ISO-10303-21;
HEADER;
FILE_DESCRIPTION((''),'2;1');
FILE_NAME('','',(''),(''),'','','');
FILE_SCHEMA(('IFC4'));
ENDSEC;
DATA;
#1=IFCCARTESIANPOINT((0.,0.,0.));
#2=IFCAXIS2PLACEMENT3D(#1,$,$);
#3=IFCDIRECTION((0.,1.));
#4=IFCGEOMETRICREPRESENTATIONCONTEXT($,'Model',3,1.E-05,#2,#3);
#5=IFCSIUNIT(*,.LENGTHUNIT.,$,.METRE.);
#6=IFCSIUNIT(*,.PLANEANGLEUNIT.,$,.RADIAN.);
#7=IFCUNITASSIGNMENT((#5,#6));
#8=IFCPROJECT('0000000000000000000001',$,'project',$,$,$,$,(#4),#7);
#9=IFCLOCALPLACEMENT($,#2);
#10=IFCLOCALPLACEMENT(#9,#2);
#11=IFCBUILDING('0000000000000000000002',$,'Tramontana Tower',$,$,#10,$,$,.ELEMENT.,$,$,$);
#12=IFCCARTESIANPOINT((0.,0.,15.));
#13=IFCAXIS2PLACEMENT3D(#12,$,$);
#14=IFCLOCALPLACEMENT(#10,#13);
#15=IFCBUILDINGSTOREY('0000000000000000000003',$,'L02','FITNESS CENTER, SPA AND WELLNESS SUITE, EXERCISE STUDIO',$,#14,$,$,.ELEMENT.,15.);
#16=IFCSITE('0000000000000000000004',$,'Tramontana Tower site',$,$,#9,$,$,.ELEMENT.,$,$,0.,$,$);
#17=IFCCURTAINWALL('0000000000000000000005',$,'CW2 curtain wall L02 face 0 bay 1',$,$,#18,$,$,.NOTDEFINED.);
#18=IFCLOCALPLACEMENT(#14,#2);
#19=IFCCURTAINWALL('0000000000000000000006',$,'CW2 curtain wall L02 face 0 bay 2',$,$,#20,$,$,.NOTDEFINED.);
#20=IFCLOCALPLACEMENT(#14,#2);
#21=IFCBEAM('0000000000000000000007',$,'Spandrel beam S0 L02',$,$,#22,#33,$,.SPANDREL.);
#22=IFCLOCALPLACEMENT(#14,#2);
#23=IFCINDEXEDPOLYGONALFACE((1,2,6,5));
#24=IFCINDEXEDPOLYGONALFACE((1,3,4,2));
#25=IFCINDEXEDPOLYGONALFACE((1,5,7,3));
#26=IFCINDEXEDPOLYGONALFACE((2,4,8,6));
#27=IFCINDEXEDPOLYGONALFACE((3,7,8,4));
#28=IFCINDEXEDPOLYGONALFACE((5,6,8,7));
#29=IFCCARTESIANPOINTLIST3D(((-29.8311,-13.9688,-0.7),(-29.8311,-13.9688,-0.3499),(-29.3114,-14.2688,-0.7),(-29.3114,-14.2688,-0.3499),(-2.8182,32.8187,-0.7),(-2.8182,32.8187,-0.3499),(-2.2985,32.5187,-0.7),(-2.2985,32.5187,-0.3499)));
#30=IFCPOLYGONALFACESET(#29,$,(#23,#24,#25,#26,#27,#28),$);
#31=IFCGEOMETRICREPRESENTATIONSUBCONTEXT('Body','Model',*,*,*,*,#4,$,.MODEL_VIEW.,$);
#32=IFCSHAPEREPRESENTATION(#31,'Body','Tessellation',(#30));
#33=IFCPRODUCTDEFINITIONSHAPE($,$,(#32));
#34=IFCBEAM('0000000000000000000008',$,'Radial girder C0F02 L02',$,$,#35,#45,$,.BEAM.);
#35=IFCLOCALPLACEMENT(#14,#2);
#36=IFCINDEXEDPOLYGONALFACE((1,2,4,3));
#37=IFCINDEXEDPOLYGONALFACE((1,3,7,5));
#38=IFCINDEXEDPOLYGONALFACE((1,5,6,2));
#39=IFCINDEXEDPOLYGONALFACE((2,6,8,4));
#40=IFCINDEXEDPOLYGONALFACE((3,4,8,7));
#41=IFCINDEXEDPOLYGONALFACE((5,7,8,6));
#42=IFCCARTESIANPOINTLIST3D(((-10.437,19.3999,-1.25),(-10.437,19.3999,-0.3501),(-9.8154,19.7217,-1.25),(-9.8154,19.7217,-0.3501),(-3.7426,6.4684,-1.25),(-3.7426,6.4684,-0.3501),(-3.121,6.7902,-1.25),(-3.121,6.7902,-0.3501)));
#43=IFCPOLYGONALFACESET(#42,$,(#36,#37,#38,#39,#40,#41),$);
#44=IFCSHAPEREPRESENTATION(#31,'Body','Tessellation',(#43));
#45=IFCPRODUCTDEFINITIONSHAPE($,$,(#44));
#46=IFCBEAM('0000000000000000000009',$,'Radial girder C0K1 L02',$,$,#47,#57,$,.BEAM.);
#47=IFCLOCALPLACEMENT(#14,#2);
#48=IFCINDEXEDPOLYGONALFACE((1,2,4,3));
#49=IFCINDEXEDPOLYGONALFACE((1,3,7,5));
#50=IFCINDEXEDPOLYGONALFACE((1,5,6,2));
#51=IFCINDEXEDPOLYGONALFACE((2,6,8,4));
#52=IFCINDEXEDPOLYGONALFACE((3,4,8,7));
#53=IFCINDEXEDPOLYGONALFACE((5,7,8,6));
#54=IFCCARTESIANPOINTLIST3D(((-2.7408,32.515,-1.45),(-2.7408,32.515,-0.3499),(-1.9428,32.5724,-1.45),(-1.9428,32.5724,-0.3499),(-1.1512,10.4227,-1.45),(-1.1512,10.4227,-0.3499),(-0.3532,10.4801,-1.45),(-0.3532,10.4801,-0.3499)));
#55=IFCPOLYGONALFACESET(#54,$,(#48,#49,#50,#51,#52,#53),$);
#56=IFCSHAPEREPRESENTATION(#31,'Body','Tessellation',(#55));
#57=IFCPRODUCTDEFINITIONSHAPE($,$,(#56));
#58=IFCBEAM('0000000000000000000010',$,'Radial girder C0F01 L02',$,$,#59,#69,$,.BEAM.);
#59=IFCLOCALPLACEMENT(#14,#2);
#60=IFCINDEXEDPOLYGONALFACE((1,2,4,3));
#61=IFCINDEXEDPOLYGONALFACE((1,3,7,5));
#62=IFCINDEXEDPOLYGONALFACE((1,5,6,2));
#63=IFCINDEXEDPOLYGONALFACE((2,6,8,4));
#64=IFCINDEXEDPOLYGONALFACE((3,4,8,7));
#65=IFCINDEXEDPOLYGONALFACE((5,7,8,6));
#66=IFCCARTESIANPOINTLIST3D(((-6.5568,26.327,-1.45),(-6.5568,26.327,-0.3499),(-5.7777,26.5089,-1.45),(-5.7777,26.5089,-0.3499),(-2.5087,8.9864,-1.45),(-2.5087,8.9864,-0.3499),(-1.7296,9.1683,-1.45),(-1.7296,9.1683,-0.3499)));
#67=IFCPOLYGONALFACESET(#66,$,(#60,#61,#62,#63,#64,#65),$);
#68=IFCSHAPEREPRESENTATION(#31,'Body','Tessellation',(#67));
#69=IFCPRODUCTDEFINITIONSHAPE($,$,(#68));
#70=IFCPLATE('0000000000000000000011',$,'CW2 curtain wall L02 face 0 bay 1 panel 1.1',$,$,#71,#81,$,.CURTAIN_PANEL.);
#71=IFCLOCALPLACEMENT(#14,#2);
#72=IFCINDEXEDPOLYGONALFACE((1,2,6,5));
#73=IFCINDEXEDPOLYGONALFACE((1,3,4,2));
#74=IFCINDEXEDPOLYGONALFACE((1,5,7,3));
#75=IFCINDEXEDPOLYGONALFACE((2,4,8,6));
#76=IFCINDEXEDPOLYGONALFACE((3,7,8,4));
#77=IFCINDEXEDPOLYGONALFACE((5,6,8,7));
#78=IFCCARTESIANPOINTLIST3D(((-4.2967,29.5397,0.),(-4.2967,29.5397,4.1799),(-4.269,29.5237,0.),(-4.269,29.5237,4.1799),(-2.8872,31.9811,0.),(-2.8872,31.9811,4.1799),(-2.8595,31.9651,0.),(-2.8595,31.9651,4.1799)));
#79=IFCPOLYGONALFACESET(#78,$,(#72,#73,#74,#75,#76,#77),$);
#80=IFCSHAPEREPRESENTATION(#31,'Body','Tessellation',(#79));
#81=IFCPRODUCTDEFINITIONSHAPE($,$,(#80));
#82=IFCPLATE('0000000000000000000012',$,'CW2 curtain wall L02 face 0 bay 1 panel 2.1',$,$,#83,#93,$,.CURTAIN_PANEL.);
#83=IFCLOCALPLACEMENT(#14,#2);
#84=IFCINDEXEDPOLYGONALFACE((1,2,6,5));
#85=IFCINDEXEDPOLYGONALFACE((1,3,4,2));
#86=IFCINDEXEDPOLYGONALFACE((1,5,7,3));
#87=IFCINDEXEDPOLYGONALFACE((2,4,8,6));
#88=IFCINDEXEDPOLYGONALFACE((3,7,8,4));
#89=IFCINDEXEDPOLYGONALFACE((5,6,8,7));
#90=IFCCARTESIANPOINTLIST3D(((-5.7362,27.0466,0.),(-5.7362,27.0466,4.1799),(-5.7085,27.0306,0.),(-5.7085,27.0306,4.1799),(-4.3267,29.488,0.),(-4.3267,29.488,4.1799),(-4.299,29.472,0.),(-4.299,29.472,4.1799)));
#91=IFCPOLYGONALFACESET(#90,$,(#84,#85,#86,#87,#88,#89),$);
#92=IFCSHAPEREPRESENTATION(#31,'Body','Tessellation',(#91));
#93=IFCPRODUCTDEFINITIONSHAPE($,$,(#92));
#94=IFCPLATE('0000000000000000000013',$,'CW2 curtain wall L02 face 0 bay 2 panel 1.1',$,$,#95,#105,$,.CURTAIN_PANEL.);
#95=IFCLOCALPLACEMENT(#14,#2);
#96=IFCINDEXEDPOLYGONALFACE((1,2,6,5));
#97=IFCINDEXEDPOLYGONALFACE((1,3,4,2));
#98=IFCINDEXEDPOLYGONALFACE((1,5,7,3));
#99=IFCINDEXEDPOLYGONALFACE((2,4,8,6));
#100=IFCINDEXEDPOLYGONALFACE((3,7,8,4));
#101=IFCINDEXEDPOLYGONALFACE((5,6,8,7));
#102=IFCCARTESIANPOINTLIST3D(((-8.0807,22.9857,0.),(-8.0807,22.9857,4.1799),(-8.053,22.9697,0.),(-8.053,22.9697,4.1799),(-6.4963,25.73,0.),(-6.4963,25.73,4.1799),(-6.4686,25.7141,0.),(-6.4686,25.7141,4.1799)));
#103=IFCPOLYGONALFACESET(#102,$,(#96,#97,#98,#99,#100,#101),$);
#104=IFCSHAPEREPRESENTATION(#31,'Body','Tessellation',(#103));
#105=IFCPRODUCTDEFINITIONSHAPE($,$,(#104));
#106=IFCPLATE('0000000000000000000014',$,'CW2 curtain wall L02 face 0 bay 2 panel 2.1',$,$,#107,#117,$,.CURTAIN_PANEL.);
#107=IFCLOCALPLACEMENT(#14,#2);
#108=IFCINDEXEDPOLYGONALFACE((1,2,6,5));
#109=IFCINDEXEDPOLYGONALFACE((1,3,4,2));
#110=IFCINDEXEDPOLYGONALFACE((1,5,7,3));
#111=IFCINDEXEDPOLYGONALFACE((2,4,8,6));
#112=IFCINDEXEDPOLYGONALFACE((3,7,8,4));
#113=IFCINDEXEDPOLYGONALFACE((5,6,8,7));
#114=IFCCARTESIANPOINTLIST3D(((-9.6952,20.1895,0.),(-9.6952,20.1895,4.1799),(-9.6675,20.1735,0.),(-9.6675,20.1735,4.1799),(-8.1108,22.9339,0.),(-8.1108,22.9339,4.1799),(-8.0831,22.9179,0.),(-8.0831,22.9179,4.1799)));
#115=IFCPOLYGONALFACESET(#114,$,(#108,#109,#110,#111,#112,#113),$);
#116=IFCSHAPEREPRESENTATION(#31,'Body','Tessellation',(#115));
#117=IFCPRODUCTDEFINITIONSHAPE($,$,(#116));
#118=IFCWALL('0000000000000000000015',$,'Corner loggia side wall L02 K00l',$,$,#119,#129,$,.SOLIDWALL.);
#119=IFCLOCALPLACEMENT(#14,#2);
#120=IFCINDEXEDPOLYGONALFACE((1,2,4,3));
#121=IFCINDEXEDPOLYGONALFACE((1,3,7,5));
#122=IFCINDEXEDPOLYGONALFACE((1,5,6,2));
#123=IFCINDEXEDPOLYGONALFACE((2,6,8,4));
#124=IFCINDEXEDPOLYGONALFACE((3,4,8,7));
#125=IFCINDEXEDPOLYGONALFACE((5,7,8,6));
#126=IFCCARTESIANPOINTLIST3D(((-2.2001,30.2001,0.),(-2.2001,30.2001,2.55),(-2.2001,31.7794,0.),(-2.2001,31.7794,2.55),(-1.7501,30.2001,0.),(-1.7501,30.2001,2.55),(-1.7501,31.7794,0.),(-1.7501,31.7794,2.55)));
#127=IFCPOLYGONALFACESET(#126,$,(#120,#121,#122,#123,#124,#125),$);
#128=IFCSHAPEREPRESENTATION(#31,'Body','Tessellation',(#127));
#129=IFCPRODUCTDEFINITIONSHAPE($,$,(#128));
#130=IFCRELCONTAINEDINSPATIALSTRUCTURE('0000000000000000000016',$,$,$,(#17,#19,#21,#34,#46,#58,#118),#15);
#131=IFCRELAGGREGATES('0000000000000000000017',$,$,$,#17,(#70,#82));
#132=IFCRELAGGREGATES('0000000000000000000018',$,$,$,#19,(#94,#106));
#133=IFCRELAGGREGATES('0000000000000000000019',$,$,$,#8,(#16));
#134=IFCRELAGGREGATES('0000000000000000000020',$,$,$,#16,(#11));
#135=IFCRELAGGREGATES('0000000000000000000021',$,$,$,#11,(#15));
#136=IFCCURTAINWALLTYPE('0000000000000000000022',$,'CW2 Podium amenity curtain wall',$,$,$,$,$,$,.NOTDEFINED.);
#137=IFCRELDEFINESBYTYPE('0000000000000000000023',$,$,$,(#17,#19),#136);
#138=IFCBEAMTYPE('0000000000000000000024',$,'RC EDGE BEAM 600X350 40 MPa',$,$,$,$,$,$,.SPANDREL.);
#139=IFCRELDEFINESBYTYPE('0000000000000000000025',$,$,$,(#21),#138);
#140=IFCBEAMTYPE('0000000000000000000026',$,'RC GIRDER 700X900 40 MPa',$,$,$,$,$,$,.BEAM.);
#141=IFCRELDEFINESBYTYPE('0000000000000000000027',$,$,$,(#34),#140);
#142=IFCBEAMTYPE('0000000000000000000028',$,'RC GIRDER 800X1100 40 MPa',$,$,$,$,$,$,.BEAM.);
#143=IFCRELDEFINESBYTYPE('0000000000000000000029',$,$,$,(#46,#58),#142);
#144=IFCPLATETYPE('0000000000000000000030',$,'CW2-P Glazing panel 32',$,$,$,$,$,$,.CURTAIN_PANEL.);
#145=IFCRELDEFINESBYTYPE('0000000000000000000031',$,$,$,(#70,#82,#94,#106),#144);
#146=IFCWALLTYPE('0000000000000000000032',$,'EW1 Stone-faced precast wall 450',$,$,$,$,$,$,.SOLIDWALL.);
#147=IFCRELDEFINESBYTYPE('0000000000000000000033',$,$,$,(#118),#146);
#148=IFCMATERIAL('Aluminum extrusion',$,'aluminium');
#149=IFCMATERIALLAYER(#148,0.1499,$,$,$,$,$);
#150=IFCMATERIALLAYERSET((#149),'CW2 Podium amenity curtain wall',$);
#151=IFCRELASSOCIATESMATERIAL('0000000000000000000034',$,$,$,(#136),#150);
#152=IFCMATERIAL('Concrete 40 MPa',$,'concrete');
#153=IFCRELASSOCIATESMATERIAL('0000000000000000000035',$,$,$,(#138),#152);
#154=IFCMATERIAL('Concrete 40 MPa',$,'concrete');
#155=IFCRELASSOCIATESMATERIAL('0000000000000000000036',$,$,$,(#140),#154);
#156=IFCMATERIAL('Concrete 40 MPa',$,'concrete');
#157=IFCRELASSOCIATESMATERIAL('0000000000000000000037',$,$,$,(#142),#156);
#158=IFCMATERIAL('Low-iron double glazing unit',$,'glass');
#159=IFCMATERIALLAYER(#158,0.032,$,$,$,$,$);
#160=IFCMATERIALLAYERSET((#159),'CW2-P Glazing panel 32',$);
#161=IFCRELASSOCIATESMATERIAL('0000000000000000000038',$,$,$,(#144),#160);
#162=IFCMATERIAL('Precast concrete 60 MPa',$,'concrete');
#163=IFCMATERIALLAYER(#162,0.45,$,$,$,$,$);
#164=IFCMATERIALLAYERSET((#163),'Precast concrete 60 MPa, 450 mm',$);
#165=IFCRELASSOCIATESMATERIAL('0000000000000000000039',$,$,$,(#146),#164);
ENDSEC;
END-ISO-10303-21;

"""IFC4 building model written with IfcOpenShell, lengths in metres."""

from ifc_helpers import new_model, si_unit, direction, frame, frame_2d, origin, origin_2d, place, context, subcontext, project, spatial, rectangle, extrude, material, layer, layer_set, material_profile, profile_set, type_object, element, aggregate, save


model = new_model("IFC4")

# Units and contexts
model_context = context("Model", 3, precision=1e-05, world=origin(), true_north=direction((0.0, 1.0)))
body_context = subcontext(model_context, "Body", "Model", "MODEL_VIEW")
ifc_project = project(units=[si_unit("LENGTHUNIT", "METRE"), si_unit("PLANEANGLEUNIT", "RADIAN")], contexts=[model_context])

# Site, building, storey
site_placement = place(None, origin())
site = spatial("IfcSite", under=ifc_project, at=site_placement, Name="Tramontana Tower site", CompositionType="ELEMENT", RefElevation=0.0)
building_placement = place(site_placement, origin())
building = spatial("IfcBuilding", under=site, at=building_placement, Name="Tramontana Tower", CompositionType="ELEMENT")
storey_placement = place(building_placement, frame((0.0, 0.0, 15.0)))
storey = spatial("IfcBuildingStorey", under=building, at=storey_placement, Name="L02", Description="FITNESS CENTER, SPA AND WELLNESS SUITE, EXERCISE STUDIO", CompositionType="ELEMENT", Elevation=15.0)

# Curtain walls
ifc_material_1 = material(Name="Aluminum extrusion", Category="aluminium")
ifc_layer_1 = layer(ifc_material_1, 0.1499)
ifc_layer_set_1 = layer_set([ifc_layer_1], Name="CW2 Podium amenity curtain wall")
curtain_wall_type = type_object("IfcCurtainWallType", Name="CW2 Podium amenity curtain wall", PredefinedType="NOTDEFINED", material=ifc_layer_set_1)
curtain_wall_1_placement = place(storey_placement, origin())
curtain_wall_1 = element("IfcCurtainWall", 1, at=curtain_wall_1_placement, inside=storey, type_object=curtain_wall_type, Name="CW2 curtain wall L02 face 0 bay 1", PredefinedType="NOTDEFINED")
curtain_wall_2_placement = place(storey_placement, origin())
curtain_wall_2 = element("IfcCurtainWall", 2, at=curtain_wall_2_placement, inside=storey, type_object=curtain_wall_type, Name="CW2 curtain wall L02 face 0 bay 2", PredefinedType="NOTDEFINED")

# Beams
ifc_material_2 = material(Name="Concrete 40 MPa", Category="concrete")
ifc_material_profile_1 = material_profile(ifc_material_2, rectangle(XDim=0.6001, YDim=0.3501, at=origin_2d()), Name="RC EDGE BEAM 600X350 40 MPa")
ifc_profile_set_1 = profile_set([ifc_material_profile_1], Name="Concrete 40 MPa")
beam_type_1 = type_object("IfcBeamType", Name="RC EDGE BEAM 600X350 40 MPa", PredefinedType="SPANDREL", material=ifc_profile_set_1)
beam_1_placement = place(storey_placement, frame((-2.5583, 32.6687, -0.5249), z_axis=(-0.500001, -0.866025, 0.0), x_axis=(0.866025, -0.500001, 0.0)))
element("IfcBeam", 3, at=beam_1_placement, inside=storey, type_object=beam_type_1, Name="Spandrel beam S0 L02", PredefinedType="SPANDREL", context=body_context, shape_type="SweptSolid", body=[
    extrude(rectangle(XDim=0.6001, YDim=0.3501, at=origin_2d()), origin(), (0.0, 0.0, 1.0), 54.0256),
])
ifc_material_3 = material(Name="Concrete 40 MPa", Category="concrete")
ifc_material_profile_2 = material_profile(ifc_material_3, rectangle(XDim=0.7, YDim=0.8999, at=origin_2d()), Name="RC GIRDER 700X900 40 MPa")
ifc_profile_set_2 = profile_set([ifc_material_profile_2], Name="Concrete 40 MPa")
beam_type_2 = type_object("IfcBeamType", Name="RC GIRDER 700X900 40 MPa", PredefinedType="BEAM", material=ifc_profile_set_2)
beam_2_placement = place(storey_placement, frame((-10.1262, 19.5608, -0.8), z_axis=(0.459731, -0.888058, 0.0), x_axis=(0.888058, 0.459731, 0.0)))
element("IfcBeam", 4, at=beam_2_placement, inside=storey, type_object=beam_type_2, Name="Radial girder C0F02 L02", PredefinedType="BEAM", context=body_context, shape_type="SweptSolid", body=[
    extrude(rectangle(XDim=0.7, YDim=0.8999, at=origin_2d()), origin(), (0.0, 0.0, 1.0), 14.5615),
])
ifc_material_4 = material(Name="Concrete 40 MPa", Category="concrete")
ifc_material_profile_3 = material_profile(ifc_material_4, rectangle(XDim=0.8, YDim=1.1001, at=origin_2d()), Name="RC GIRDER 800X1100 40 MPa")
ifc_profile_set_3 = profile_set([ifc_material_profile_3], Name="Concrete 40 MPa")
beam_type_3 = type_object("IfcBeamType", Name="RC GIRDER 800X1100 40 MPa", PredefinedType="BEAM", material=ifc_profile_set_3)
beam_3_placement = place(storey_placement, frame((-2.3418, 32.5437, -0.8999), z_axis=(0.071767, -0.997421, 0.0), x_axis=(0.997421, 0.071767, 0.0)))
element("IfcBeam", 5, at=beam_3_placement, inside=storey, type_object=beam_type_3, Name="Radial girder C0K1 L02", PredefinedType="BEAM", context=body_context, shape_type="SweptSolid", body=[
    extrude(rectangle(XDim=0.8, YDim=1.1001, at=origin_2d()), origin(), (0.0, 0.0, 1.0), 22.1494),
])
beam_4_placement = place(storey_placement, frame((-6.1672, 26.418, -0.8999), z_axis=(0.227334, -0.973817, 0.0), x_axis=(0.973817, 0.227334, 0.0)))
element("IfcBeam", 6, at=beam_4_placement, inside=storey, type_object=beam_type_3, Name="Radial girder C0F01 L02", PredefinedType="BEAM", context=body_context, shape_type="SweptSolid", body=[
    extrude(rectangle(XDim=0.8, YDim=1.1001, at=origin_2d()), origin(), (0.0, 0.0, 1.0), 17.8069),
])

# Plates
ifc_material_5 = material(Name="Low-iron double glazing unit", Category="glass")
ifc_layer_2 = layer(ifc_material_5, 0.032)
ifc_layer_set_2 = layer_set([ifc_layer_2], Name="CW2-P Glazing panel 32")
plate_type = type_object("IfcPlateType", Name="CW2-P Glazing panel 32", PredefinedType="CURTAIN_PANEL", material=ifc_layer_set_2)
plate_1_placement = place(storey_placement, frame((-3.5781, 30.7524, 0.0), z_axis=(0.0, 0.0, 1.0), x_axis=(-0.5, -0.866025, 0.0)))
plate_1 = element("IfcPlate", 7, at=plate_1_placement, type_object=plate_type, Name="CW2 curtain wall L02 face 0 bay 1 panel 1.1", PredefinedType="CURTAIN_PANEL", context=body_context, shape_type="SweptSolid", body=[
    extrude(rectangle(XDim=2.8191, YDim=0.032, at=origin_2d()), origin(), (0.0, 0.0, 1.0), 4.1799),
])
plate_2_placement = place(storey_placement, frame((-5.0176, 28.2593, 0.0), z_axis=(0.0, 0.0, 1.0), x_axis=(-0.5, -0.866025, 0.0)))
plate_2 = element("IfcPlate", 8, at=plate_2_placement, type_object=plate_type, Name="CW2 curtain wall L02 face 0 bay 1 panel 2.1", PredefinedType="CURTAIN_PANEL", context=body_context, shape_type="SweptSolid", body=[
    extrude(rectangle(XDim=2.8191, YDim=0.032, at=origin_2d()), origin(), (0.0, 0.0, 1.0), 4.1799),
])
aggregate(curtain_wall_1, [plate_1, plate_2])
plate_3_placement = place(storey_placement, frame((-7.2747, 24.3499, 0.0), z_axis=(0.0, 0.0, 1.0), x_axis=(-0.5, -0.866025, 0.0)))
plate_3 = element("IfcPlate", 9, at=plate_3_placement, type_object=plate_type, Name="CW2 curtain wall L02 face 0 bay 2 panel 1.1", PredefinedType="CURTAIN_PANEL", context=body_context, shape_type="SweptSolid", body=[
    extrude(rectangle(XDim=3.1689, YDim=0.032, at=origin_2d()), origin(), (0.0, 0.0, 1.0), 4.1799),
])
plate_4_placement = place(storey_placement, frame((-8.8892, 21.5537, 0.0), z_axis=(0.0, 0.0, 1.0), x_axis=(-0.5, -0.866025, 0.0)))
plate_4 = element("IfcPlate", 10, at=plate_4_placement, type_object=plate_type, Name="CW2 curtain wall L02 face 0 bay 2 panel 2.1", PredefinedType="CURTAIN_PANEL", context=body_context, shape_type="SweptSolid", body=[
    extrude(rectangle(XDim=3.1689, YDim=0.032, at=origin_2d()), origin(), (0.0, 0.0, 1.0), 4.1799),
])
aggregate(curtain_wall_2, [plate_3, plate_4])

# Wall
ifc_material_6 = material(Name="Precast concrete 60 MPa", Category="concrete")
ifc_layer_3 = layer(ifc_material_6, 0.45)
ifc_layer_set_3 = layer_set([ifc_layer_3], Name="Precast concrete 60 MPa, 450 mm")
wall_type_1 = type_object("IfcWallType", Name="EW1 Stone-faced precast wall 450", PredefinedType="SOLIDWALL", material=ifc_layer_set_3)
wall_1_placement = place(storey_placement, frame((-1.9751, 31.7793, 0.0), z_axis=(0.0, 0.0, 1.0), x_axis=(0.0, -1.0, 0.0)))
element("IfcWall", 11, at=wall_1_placement, inside=storey, type_object=wall_type_1, Name="Corner loggia side wall L02 K00l", PredefinedType="SOLIDWALL", context=body_context, shape_type="SweptSolid", body=[
    extrude(rectangle(XDim=1.5793, YDim=0.45, at=frame_2d((0.7896, 0.0))), origin(), (0.0, 0.0, 1.0), 2.55),
])

save(model, "model.ifc")
